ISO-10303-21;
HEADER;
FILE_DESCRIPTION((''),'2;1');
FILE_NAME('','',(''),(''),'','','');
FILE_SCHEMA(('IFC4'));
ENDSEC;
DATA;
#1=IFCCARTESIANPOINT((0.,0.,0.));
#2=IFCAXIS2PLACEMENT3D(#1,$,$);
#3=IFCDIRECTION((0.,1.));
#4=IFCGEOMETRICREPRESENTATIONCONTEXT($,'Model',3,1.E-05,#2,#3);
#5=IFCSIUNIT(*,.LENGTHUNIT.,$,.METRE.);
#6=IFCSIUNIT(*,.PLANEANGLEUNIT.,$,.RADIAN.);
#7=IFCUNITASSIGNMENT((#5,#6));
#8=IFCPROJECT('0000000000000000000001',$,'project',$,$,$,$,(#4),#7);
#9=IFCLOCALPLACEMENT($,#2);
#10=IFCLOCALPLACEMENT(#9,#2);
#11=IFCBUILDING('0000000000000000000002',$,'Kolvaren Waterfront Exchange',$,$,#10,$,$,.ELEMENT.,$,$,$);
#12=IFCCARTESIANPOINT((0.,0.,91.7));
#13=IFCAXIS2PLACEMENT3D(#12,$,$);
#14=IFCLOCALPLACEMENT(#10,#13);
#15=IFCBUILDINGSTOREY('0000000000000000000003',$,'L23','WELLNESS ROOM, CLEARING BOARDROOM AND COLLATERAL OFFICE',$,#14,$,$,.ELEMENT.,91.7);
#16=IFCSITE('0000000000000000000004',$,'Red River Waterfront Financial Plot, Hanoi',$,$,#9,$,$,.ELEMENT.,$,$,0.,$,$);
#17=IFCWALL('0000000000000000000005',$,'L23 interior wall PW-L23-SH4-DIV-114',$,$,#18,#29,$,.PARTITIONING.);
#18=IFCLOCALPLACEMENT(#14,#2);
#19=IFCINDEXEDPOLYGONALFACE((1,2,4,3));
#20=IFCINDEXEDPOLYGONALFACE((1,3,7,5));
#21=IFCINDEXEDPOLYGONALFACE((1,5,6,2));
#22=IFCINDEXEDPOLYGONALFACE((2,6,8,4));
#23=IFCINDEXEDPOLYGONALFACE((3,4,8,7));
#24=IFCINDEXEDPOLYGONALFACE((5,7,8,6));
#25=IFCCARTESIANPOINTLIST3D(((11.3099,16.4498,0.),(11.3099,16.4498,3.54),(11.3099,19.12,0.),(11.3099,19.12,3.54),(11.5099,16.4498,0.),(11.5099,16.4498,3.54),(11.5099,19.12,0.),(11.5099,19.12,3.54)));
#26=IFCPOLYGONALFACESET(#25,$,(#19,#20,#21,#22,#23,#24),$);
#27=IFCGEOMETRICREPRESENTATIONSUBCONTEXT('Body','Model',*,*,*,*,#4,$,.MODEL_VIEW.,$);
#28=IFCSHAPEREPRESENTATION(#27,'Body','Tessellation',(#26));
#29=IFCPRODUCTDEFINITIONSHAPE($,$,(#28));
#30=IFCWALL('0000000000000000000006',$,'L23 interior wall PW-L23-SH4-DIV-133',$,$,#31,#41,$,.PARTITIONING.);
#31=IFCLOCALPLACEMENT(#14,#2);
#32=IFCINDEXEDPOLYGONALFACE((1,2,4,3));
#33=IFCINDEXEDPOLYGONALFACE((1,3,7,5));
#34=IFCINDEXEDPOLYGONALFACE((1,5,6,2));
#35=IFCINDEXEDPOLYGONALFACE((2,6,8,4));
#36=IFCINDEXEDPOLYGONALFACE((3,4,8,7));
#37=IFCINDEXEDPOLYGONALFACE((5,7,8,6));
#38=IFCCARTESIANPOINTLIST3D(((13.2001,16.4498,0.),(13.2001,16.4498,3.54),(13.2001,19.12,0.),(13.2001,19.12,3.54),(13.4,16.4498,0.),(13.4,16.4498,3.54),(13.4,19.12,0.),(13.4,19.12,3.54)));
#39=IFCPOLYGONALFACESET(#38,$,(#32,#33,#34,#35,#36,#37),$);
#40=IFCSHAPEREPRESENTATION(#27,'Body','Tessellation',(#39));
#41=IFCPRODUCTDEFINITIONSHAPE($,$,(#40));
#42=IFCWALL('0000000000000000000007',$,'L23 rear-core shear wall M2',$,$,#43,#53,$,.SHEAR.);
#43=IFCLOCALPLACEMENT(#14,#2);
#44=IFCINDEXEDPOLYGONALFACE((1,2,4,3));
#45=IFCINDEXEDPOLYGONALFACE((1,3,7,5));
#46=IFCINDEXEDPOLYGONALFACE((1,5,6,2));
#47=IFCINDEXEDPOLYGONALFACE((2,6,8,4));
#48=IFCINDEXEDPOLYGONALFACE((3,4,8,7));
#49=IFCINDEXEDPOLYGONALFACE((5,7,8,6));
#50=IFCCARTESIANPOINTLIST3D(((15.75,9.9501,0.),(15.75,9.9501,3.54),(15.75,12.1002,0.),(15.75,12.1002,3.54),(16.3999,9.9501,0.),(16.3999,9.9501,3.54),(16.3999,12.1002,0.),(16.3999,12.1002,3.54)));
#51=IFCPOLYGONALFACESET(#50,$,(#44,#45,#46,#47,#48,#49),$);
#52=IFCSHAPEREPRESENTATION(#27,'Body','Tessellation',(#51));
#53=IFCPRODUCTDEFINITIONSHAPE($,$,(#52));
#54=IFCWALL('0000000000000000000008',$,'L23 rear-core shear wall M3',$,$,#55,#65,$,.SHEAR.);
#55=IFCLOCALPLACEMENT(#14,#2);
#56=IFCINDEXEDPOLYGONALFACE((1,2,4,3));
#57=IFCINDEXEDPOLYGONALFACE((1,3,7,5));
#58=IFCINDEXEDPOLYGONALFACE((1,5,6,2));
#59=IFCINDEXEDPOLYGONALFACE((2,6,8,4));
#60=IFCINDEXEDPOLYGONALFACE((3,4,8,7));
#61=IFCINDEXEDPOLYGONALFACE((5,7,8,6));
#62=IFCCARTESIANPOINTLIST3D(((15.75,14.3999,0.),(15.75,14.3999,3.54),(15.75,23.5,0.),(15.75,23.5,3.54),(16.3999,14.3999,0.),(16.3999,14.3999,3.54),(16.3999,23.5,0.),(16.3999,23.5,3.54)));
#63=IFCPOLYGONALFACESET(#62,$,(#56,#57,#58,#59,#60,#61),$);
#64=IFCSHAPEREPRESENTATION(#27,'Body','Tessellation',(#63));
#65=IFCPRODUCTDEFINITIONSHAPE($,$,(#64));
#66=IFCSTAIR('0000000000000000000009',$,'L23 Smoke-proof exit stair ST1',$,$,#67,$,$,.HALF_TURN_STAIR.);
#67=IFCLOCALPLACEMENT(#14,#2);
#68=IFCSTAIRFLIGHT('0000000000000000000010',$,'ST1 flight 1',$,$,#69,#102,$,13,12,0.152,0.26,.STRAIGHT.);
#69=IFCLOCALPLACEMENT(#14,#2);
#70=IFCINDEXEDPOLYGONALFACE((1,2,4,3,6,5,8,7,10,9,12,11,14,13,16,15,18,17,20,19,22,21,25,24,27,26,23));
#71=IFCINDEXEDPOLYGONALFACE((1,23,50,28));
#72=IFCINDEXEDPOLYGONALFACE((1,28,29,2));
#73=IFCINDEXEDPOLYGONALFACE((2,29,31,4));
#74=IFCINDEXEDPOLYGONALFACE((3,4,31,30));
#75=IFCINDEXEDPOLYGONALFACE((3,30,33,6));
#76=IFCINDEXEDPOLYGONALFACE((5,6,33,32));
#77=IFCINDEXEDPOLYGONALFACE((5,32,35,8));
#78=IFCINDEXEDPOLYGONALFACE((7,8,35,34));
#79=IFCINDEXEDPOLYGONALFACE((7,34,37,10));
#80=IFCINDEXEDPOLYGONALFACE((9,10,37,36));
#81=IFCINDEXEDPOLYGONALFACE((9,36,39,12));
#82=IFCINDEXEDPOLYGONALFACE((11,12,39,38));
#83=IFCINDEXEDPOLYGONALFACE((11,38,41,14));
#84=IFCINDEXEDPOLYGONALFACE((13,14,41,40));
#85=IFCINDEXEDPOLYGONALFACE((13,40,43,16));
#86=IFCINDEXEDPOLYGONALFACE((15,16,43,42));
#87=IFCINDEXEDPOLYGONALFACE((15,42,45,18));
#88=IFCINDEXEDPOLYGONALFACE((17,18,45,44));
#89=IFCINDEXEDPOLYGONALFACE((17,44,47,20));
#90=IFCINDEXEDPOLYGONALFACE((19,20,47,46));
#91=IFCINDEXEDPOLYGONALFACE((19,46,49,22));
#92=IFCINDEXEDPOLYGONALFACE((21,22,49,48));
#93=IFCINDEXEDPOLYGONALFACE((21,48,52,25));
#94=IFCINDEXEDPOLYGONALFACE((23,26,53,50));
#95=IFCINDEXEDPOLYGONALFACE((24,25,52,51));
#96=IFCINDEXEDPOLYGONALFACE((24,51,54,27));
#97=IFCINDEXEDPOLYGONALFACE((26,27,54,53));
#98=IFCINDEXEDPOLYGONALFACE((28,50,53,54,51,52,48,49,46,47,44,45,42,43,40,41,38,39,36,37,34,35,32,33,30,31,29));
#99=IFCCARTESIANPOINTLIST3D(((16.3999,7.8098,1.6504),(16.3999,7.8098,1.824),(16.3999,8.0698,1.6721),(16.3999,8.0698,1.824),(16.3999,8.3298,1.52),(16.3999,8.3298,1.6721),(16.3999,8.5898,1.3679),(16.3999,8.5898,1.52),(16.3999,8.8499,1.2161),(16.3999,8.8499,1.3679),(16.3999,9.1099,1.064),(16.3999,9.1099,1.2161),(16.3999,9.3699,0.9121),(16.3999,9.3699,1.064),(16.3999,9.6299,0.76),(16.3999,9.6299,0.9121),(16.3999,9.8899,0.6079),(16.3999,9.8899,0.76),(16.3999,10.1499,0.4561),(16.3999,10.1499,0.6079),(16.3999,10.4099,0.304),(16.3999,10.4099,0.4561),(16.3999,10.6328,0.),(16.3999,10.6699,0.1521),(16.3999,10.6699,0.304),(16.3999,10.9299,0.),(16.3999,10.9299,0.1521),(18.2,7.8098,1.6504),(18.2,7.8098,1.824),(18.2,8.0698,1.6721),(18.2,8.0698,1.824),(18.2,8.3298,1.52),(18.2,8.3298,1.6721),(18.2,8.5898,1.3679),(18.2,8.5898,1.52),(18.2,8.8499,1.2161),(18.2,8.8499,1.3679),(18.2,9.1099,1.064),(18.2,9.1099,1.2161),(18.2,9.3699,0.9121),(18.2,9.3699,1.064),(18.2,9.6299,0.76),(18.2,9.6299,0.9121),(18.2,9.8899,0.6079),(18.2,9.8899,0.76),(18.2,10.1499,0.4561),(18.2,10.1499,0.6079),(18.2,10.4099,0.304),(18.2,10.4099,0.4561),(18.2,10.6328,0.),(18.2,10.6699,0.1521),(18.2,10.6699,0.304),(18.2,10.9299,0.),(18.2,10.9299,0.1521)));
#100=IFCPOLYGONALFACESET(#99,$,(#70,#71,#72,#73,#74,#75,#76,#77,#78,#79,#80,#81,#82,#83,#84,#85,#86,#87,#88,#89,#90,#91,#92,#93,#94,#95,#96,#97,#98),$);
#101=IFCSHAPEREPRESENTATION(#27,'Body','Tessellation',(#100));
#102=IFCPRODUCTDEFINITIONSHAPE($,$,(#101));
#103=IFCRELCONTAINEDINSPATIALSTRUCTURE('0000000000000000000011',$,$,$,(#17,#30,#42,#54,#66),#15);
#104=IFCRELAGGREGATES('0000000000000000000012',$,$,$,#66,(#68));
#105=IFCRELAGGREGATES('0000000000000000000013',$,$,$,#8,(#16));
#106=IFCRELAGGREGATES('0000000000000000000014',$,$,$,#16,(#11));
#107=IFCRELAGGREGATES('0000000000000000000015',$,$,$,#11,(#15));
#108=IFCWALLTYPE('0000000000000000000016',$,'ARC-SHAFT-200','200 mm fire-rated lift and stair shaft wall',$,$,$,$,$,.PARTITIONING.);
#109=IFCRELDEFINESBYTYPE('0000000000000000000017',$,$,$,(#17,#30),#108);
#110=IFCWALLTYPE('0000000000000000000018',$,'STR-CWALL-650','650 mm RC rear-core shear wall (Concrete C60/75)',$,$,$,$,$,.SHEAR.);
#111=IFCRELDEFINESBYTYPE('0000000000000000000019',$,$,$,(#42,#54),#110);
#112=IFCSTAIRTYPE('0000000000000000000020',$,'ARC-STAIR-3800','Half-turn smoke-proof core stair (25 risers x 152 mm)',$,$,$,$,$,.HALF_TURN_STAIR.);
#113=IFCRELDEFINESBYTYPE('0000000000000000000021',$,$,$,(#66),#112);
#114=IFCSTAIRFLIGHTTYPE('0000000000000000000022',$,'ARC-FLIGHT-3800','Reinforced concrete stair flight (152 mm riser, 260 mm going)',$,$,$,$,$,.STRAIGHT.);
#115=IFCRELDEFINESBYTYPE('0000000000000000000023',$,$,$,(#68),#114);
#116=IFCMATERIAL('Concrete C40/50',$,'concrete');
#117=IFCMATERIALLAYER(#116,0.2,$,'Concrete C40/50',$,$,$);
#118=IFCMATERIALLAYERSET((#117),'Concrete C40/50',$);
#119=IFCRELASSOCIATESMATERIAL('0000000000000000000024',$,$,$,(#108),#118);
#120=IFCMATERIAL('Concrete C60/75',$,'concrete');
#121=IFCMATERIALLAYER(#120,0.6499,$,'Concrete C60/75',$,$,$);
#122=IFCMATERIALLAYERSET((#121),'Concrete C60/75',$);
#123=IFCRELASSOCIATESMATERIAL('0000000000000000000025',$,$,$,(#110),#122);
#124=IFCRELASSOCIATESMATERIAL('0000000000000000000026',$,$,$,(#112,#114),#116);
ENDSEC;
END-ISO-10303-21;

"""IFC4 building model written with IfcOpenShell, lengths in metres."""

from ifc_helpers import new_model, si_unit, direction, frame, frame_2d, origin, place, context, subcontext, project, spatial, polyline, rectangle, outline, extrude, material, layer, layer_set, type_object, element, aggregate, save


model = new_model("IFC4")

# Units and contexts
model_context = context("Model", 3, precision=1e-05, world=origin(), true_north=direction((0.0, 1.0)))
body_context = subcontext(model_context, "Body", "Model", "MODEL_VIEW")
ifc_project = project(units=[si_unit("LENGTHUNIT", "METRE"), si_unit("PLANEANGLEUNIT", "RADIAN")], contexts=[model_context])

# Site, building, storey
site_placement = place(None, origin())
site = spatial("IfcSite", under=ifc_project, at=site_placement, Name="Red River Waterfront Financial Plot, Hanoi", CompositionType="ELEMENT", RefElevation=0.0)
building_placement = place(site_placement, origin())
building = spatial("IfcBuilding", under=site, at=building_placement, Name="Kolvaren Waterfront Exchange", CompositionType="ELEMENT")
storey_placement = place(building_placement, frame((0.0, 0.0, 91.7)))
storey = spatial("IfcBuildingStorey", under=building, at=storey_placement, Name="L23", Description="WELLNESS ROOM, CLEARING BOARDROOM AND COLLATERAL OFFICE", CompositionType="ELEMENT", Elevation=91.7)

# Shared definitions
ifc_material_1 = material(Name="Concrete C60/75", Category="concrete")

# Walls
ifc_material_2 = material(Name="Concrete C40/50", Category="concrete")
ifc_layer_1 = layer(ifc_material_2, 0.2, Name="Concrete C40/50")
ifc_layer_set_1 = layer_set([ifc_layer_1], Name="Concrete C40/50")
wall_type_1 = type_object("IfcWallType", Name="ARC-SHAFT-200", Description="200 mm fire-rated lift and stair shaft wall", PredefinedType="PARTITIONING", material=ifc_layer_set_1)
for number, where, z_axis, x_axis, name in (
    (1, (11.4099, 16.45, 0.0), (0.0, 0.0, 1.0), (0.0, 1.0, 0.0), "L23 interior wall PW-L23-SH4-DIV-114"),
    (2, (13.3, 16.45, 0.0), (0.0, 0.0, 1.0), (0.0, 1.0, 0.0), "L23 interior wall PW-L23-SH4-DIV-133"),
):
    element("IfcWall", number, at=place(storey_placement, frame(where, z_axis=z_axis, x_axis=x_axis)), inside=storey, type_object=wall_type_1, Name=name, PredefinedType="PARTITIONING", context=body_context, shape_type="SweptSolid", body=[
        extrude(rectangle(XDim=2.6702, YDim=0.2, at=frame_2d((1.335, 0.0))), origin(), (0.0, 0.0, 1.0), 3.54),
    ])
ifc_layer_2 = layer(ifc_material_1, 0.6499, Name="Concrete C60/75")
ifc_layer_set_2 = layer_set([ifc_layer_2], Name="Concrete C60/75")
wall_type_2 = type_object("IfcWallType", Name="STR-CWALL-650", Description="650 mm RC rear-core shear wall (Concrete C60/75)", PredefinedType="SHEAR", material=ifc_layer_set_2)
wall_1_placement = place(storey_placement, frame((16.075, 9.95, 0.0), z_axis=(0.0, 0.0, 1.0), x_axis=(0.0, 1.0, 0.0)))
element("IfcWall", 3, at=wall_1_placement, inside=storey, type_object=wall_type_2, Name="L23 rear-core shear wall M2", PredefinedType="SHEAR", context=body_context, shape_type="SweptSolid", body=[
    extrude(rectangle(XDim=2.1501, YDim=0.6499, at=frame_2d((1.0752, 0.0))), origin(), (0.0, 0.0, 1.0), 3.54),
])
wall_2_placement = place(storey_placement, frame((16.075, 14.3999, 0.0), z_axis=(0.0, 0.0, 1.0), x_axis=(0.0, 1.0, 0.0)))
element("IfcWall", 4, at=wall_2_placement, inside=storey, type_object=wall_type_2, Name="L23 rear-core shear wall M3", PredefinedType="SHEAR", context=body_context, shape_type="SweptSolid", body=[
    extrude(rectangle(XDim=9.1001, YDim=0.6499, at=frame_2d((4.55, 0.0))), origin(), (0.0, 0.0, 1.0), 3.54),
])

# Stair, stair flight
stair_type = type_object("IfcStairType", Name="ARC-STAIR-3800", Description="Half-turn smoke-proof core stair (25 risers x 152 mm)", PredefinedType="HALF_TURN_STAIR", material=ifc_material_2)
stair_placement = place(storey_placement, origin())
stair = element("IfcStair", 5, at=stair_placement, inside=storey, type_object=stair_type, Name="L23 Smoke-proof exit stair ST1", PredefinedType="HALF_TURN_STAIR")
stair_flight_type = type_object("IfcStairFlightType", Name="ARC-FLIGHT-3800", Description="Reinforced concrete stair flight (152 mm riser, 260 mm going)", PredefinedType="STRAIGHT", material=ifc_material_2)
stair_flight_placement = place(storey_placement, frame((17.3, 10.9299, 0.0), z_axis=(0.0, 0.0, 1.0), x_axis=(0.0, -1.0, 0.0)))
stair_flight = element("IfcStairFlight", 6, at=stair_flight_placement, type_object=stair_flight_type, Name="ST1 flight 1", NumberOfRisers=13, NumberOfTreads=12, PredefinedType="STRAIGHT", RiserHeight=0.152, TreadLength=0.26, context=body_context, shape_type="SweptSolid", body=[
    extrude(outline(polyline([(0.0, 0.0), (0.0, 0.1521), (0.26, 0.1521), (0.26, 0.304), (0.52, 0.304), (0.52, 0.4561), (0.78, 0.4561), (0.78, 0.6079), (1.04, 0.6079), (1.04, 0.76), (1.3, 0.76), (1.3, 0.9121), (1.5601, 0.9121), (1.5601, 1.064), (1.8201, 1.064), (1.8201, 1.2161), (2.0801, 1.2161), (2.0801, 1.3679), (2.3401, 1.3679), (2.3401, 1.52), (2.6001, 1.52), (2.6001, 1.6721), (2.8601, 1.6721), (2.8601, 1.824), (3.1201, 1.824), (3.1201, 1.9761), (3.1201, 1.6504), (0.2971, 0.0), (0.0, 0.0)])), frame((0.0, 0.8999, 0.0), z_axis=(0.0, -1.0, 0.0), x_axis=(1.0, 0.0, 0.0)), (0.0, 0.0, 1.0), 1.8),
])
aggregate(stair, [stair_flight])

save(model, "model.ifc")
